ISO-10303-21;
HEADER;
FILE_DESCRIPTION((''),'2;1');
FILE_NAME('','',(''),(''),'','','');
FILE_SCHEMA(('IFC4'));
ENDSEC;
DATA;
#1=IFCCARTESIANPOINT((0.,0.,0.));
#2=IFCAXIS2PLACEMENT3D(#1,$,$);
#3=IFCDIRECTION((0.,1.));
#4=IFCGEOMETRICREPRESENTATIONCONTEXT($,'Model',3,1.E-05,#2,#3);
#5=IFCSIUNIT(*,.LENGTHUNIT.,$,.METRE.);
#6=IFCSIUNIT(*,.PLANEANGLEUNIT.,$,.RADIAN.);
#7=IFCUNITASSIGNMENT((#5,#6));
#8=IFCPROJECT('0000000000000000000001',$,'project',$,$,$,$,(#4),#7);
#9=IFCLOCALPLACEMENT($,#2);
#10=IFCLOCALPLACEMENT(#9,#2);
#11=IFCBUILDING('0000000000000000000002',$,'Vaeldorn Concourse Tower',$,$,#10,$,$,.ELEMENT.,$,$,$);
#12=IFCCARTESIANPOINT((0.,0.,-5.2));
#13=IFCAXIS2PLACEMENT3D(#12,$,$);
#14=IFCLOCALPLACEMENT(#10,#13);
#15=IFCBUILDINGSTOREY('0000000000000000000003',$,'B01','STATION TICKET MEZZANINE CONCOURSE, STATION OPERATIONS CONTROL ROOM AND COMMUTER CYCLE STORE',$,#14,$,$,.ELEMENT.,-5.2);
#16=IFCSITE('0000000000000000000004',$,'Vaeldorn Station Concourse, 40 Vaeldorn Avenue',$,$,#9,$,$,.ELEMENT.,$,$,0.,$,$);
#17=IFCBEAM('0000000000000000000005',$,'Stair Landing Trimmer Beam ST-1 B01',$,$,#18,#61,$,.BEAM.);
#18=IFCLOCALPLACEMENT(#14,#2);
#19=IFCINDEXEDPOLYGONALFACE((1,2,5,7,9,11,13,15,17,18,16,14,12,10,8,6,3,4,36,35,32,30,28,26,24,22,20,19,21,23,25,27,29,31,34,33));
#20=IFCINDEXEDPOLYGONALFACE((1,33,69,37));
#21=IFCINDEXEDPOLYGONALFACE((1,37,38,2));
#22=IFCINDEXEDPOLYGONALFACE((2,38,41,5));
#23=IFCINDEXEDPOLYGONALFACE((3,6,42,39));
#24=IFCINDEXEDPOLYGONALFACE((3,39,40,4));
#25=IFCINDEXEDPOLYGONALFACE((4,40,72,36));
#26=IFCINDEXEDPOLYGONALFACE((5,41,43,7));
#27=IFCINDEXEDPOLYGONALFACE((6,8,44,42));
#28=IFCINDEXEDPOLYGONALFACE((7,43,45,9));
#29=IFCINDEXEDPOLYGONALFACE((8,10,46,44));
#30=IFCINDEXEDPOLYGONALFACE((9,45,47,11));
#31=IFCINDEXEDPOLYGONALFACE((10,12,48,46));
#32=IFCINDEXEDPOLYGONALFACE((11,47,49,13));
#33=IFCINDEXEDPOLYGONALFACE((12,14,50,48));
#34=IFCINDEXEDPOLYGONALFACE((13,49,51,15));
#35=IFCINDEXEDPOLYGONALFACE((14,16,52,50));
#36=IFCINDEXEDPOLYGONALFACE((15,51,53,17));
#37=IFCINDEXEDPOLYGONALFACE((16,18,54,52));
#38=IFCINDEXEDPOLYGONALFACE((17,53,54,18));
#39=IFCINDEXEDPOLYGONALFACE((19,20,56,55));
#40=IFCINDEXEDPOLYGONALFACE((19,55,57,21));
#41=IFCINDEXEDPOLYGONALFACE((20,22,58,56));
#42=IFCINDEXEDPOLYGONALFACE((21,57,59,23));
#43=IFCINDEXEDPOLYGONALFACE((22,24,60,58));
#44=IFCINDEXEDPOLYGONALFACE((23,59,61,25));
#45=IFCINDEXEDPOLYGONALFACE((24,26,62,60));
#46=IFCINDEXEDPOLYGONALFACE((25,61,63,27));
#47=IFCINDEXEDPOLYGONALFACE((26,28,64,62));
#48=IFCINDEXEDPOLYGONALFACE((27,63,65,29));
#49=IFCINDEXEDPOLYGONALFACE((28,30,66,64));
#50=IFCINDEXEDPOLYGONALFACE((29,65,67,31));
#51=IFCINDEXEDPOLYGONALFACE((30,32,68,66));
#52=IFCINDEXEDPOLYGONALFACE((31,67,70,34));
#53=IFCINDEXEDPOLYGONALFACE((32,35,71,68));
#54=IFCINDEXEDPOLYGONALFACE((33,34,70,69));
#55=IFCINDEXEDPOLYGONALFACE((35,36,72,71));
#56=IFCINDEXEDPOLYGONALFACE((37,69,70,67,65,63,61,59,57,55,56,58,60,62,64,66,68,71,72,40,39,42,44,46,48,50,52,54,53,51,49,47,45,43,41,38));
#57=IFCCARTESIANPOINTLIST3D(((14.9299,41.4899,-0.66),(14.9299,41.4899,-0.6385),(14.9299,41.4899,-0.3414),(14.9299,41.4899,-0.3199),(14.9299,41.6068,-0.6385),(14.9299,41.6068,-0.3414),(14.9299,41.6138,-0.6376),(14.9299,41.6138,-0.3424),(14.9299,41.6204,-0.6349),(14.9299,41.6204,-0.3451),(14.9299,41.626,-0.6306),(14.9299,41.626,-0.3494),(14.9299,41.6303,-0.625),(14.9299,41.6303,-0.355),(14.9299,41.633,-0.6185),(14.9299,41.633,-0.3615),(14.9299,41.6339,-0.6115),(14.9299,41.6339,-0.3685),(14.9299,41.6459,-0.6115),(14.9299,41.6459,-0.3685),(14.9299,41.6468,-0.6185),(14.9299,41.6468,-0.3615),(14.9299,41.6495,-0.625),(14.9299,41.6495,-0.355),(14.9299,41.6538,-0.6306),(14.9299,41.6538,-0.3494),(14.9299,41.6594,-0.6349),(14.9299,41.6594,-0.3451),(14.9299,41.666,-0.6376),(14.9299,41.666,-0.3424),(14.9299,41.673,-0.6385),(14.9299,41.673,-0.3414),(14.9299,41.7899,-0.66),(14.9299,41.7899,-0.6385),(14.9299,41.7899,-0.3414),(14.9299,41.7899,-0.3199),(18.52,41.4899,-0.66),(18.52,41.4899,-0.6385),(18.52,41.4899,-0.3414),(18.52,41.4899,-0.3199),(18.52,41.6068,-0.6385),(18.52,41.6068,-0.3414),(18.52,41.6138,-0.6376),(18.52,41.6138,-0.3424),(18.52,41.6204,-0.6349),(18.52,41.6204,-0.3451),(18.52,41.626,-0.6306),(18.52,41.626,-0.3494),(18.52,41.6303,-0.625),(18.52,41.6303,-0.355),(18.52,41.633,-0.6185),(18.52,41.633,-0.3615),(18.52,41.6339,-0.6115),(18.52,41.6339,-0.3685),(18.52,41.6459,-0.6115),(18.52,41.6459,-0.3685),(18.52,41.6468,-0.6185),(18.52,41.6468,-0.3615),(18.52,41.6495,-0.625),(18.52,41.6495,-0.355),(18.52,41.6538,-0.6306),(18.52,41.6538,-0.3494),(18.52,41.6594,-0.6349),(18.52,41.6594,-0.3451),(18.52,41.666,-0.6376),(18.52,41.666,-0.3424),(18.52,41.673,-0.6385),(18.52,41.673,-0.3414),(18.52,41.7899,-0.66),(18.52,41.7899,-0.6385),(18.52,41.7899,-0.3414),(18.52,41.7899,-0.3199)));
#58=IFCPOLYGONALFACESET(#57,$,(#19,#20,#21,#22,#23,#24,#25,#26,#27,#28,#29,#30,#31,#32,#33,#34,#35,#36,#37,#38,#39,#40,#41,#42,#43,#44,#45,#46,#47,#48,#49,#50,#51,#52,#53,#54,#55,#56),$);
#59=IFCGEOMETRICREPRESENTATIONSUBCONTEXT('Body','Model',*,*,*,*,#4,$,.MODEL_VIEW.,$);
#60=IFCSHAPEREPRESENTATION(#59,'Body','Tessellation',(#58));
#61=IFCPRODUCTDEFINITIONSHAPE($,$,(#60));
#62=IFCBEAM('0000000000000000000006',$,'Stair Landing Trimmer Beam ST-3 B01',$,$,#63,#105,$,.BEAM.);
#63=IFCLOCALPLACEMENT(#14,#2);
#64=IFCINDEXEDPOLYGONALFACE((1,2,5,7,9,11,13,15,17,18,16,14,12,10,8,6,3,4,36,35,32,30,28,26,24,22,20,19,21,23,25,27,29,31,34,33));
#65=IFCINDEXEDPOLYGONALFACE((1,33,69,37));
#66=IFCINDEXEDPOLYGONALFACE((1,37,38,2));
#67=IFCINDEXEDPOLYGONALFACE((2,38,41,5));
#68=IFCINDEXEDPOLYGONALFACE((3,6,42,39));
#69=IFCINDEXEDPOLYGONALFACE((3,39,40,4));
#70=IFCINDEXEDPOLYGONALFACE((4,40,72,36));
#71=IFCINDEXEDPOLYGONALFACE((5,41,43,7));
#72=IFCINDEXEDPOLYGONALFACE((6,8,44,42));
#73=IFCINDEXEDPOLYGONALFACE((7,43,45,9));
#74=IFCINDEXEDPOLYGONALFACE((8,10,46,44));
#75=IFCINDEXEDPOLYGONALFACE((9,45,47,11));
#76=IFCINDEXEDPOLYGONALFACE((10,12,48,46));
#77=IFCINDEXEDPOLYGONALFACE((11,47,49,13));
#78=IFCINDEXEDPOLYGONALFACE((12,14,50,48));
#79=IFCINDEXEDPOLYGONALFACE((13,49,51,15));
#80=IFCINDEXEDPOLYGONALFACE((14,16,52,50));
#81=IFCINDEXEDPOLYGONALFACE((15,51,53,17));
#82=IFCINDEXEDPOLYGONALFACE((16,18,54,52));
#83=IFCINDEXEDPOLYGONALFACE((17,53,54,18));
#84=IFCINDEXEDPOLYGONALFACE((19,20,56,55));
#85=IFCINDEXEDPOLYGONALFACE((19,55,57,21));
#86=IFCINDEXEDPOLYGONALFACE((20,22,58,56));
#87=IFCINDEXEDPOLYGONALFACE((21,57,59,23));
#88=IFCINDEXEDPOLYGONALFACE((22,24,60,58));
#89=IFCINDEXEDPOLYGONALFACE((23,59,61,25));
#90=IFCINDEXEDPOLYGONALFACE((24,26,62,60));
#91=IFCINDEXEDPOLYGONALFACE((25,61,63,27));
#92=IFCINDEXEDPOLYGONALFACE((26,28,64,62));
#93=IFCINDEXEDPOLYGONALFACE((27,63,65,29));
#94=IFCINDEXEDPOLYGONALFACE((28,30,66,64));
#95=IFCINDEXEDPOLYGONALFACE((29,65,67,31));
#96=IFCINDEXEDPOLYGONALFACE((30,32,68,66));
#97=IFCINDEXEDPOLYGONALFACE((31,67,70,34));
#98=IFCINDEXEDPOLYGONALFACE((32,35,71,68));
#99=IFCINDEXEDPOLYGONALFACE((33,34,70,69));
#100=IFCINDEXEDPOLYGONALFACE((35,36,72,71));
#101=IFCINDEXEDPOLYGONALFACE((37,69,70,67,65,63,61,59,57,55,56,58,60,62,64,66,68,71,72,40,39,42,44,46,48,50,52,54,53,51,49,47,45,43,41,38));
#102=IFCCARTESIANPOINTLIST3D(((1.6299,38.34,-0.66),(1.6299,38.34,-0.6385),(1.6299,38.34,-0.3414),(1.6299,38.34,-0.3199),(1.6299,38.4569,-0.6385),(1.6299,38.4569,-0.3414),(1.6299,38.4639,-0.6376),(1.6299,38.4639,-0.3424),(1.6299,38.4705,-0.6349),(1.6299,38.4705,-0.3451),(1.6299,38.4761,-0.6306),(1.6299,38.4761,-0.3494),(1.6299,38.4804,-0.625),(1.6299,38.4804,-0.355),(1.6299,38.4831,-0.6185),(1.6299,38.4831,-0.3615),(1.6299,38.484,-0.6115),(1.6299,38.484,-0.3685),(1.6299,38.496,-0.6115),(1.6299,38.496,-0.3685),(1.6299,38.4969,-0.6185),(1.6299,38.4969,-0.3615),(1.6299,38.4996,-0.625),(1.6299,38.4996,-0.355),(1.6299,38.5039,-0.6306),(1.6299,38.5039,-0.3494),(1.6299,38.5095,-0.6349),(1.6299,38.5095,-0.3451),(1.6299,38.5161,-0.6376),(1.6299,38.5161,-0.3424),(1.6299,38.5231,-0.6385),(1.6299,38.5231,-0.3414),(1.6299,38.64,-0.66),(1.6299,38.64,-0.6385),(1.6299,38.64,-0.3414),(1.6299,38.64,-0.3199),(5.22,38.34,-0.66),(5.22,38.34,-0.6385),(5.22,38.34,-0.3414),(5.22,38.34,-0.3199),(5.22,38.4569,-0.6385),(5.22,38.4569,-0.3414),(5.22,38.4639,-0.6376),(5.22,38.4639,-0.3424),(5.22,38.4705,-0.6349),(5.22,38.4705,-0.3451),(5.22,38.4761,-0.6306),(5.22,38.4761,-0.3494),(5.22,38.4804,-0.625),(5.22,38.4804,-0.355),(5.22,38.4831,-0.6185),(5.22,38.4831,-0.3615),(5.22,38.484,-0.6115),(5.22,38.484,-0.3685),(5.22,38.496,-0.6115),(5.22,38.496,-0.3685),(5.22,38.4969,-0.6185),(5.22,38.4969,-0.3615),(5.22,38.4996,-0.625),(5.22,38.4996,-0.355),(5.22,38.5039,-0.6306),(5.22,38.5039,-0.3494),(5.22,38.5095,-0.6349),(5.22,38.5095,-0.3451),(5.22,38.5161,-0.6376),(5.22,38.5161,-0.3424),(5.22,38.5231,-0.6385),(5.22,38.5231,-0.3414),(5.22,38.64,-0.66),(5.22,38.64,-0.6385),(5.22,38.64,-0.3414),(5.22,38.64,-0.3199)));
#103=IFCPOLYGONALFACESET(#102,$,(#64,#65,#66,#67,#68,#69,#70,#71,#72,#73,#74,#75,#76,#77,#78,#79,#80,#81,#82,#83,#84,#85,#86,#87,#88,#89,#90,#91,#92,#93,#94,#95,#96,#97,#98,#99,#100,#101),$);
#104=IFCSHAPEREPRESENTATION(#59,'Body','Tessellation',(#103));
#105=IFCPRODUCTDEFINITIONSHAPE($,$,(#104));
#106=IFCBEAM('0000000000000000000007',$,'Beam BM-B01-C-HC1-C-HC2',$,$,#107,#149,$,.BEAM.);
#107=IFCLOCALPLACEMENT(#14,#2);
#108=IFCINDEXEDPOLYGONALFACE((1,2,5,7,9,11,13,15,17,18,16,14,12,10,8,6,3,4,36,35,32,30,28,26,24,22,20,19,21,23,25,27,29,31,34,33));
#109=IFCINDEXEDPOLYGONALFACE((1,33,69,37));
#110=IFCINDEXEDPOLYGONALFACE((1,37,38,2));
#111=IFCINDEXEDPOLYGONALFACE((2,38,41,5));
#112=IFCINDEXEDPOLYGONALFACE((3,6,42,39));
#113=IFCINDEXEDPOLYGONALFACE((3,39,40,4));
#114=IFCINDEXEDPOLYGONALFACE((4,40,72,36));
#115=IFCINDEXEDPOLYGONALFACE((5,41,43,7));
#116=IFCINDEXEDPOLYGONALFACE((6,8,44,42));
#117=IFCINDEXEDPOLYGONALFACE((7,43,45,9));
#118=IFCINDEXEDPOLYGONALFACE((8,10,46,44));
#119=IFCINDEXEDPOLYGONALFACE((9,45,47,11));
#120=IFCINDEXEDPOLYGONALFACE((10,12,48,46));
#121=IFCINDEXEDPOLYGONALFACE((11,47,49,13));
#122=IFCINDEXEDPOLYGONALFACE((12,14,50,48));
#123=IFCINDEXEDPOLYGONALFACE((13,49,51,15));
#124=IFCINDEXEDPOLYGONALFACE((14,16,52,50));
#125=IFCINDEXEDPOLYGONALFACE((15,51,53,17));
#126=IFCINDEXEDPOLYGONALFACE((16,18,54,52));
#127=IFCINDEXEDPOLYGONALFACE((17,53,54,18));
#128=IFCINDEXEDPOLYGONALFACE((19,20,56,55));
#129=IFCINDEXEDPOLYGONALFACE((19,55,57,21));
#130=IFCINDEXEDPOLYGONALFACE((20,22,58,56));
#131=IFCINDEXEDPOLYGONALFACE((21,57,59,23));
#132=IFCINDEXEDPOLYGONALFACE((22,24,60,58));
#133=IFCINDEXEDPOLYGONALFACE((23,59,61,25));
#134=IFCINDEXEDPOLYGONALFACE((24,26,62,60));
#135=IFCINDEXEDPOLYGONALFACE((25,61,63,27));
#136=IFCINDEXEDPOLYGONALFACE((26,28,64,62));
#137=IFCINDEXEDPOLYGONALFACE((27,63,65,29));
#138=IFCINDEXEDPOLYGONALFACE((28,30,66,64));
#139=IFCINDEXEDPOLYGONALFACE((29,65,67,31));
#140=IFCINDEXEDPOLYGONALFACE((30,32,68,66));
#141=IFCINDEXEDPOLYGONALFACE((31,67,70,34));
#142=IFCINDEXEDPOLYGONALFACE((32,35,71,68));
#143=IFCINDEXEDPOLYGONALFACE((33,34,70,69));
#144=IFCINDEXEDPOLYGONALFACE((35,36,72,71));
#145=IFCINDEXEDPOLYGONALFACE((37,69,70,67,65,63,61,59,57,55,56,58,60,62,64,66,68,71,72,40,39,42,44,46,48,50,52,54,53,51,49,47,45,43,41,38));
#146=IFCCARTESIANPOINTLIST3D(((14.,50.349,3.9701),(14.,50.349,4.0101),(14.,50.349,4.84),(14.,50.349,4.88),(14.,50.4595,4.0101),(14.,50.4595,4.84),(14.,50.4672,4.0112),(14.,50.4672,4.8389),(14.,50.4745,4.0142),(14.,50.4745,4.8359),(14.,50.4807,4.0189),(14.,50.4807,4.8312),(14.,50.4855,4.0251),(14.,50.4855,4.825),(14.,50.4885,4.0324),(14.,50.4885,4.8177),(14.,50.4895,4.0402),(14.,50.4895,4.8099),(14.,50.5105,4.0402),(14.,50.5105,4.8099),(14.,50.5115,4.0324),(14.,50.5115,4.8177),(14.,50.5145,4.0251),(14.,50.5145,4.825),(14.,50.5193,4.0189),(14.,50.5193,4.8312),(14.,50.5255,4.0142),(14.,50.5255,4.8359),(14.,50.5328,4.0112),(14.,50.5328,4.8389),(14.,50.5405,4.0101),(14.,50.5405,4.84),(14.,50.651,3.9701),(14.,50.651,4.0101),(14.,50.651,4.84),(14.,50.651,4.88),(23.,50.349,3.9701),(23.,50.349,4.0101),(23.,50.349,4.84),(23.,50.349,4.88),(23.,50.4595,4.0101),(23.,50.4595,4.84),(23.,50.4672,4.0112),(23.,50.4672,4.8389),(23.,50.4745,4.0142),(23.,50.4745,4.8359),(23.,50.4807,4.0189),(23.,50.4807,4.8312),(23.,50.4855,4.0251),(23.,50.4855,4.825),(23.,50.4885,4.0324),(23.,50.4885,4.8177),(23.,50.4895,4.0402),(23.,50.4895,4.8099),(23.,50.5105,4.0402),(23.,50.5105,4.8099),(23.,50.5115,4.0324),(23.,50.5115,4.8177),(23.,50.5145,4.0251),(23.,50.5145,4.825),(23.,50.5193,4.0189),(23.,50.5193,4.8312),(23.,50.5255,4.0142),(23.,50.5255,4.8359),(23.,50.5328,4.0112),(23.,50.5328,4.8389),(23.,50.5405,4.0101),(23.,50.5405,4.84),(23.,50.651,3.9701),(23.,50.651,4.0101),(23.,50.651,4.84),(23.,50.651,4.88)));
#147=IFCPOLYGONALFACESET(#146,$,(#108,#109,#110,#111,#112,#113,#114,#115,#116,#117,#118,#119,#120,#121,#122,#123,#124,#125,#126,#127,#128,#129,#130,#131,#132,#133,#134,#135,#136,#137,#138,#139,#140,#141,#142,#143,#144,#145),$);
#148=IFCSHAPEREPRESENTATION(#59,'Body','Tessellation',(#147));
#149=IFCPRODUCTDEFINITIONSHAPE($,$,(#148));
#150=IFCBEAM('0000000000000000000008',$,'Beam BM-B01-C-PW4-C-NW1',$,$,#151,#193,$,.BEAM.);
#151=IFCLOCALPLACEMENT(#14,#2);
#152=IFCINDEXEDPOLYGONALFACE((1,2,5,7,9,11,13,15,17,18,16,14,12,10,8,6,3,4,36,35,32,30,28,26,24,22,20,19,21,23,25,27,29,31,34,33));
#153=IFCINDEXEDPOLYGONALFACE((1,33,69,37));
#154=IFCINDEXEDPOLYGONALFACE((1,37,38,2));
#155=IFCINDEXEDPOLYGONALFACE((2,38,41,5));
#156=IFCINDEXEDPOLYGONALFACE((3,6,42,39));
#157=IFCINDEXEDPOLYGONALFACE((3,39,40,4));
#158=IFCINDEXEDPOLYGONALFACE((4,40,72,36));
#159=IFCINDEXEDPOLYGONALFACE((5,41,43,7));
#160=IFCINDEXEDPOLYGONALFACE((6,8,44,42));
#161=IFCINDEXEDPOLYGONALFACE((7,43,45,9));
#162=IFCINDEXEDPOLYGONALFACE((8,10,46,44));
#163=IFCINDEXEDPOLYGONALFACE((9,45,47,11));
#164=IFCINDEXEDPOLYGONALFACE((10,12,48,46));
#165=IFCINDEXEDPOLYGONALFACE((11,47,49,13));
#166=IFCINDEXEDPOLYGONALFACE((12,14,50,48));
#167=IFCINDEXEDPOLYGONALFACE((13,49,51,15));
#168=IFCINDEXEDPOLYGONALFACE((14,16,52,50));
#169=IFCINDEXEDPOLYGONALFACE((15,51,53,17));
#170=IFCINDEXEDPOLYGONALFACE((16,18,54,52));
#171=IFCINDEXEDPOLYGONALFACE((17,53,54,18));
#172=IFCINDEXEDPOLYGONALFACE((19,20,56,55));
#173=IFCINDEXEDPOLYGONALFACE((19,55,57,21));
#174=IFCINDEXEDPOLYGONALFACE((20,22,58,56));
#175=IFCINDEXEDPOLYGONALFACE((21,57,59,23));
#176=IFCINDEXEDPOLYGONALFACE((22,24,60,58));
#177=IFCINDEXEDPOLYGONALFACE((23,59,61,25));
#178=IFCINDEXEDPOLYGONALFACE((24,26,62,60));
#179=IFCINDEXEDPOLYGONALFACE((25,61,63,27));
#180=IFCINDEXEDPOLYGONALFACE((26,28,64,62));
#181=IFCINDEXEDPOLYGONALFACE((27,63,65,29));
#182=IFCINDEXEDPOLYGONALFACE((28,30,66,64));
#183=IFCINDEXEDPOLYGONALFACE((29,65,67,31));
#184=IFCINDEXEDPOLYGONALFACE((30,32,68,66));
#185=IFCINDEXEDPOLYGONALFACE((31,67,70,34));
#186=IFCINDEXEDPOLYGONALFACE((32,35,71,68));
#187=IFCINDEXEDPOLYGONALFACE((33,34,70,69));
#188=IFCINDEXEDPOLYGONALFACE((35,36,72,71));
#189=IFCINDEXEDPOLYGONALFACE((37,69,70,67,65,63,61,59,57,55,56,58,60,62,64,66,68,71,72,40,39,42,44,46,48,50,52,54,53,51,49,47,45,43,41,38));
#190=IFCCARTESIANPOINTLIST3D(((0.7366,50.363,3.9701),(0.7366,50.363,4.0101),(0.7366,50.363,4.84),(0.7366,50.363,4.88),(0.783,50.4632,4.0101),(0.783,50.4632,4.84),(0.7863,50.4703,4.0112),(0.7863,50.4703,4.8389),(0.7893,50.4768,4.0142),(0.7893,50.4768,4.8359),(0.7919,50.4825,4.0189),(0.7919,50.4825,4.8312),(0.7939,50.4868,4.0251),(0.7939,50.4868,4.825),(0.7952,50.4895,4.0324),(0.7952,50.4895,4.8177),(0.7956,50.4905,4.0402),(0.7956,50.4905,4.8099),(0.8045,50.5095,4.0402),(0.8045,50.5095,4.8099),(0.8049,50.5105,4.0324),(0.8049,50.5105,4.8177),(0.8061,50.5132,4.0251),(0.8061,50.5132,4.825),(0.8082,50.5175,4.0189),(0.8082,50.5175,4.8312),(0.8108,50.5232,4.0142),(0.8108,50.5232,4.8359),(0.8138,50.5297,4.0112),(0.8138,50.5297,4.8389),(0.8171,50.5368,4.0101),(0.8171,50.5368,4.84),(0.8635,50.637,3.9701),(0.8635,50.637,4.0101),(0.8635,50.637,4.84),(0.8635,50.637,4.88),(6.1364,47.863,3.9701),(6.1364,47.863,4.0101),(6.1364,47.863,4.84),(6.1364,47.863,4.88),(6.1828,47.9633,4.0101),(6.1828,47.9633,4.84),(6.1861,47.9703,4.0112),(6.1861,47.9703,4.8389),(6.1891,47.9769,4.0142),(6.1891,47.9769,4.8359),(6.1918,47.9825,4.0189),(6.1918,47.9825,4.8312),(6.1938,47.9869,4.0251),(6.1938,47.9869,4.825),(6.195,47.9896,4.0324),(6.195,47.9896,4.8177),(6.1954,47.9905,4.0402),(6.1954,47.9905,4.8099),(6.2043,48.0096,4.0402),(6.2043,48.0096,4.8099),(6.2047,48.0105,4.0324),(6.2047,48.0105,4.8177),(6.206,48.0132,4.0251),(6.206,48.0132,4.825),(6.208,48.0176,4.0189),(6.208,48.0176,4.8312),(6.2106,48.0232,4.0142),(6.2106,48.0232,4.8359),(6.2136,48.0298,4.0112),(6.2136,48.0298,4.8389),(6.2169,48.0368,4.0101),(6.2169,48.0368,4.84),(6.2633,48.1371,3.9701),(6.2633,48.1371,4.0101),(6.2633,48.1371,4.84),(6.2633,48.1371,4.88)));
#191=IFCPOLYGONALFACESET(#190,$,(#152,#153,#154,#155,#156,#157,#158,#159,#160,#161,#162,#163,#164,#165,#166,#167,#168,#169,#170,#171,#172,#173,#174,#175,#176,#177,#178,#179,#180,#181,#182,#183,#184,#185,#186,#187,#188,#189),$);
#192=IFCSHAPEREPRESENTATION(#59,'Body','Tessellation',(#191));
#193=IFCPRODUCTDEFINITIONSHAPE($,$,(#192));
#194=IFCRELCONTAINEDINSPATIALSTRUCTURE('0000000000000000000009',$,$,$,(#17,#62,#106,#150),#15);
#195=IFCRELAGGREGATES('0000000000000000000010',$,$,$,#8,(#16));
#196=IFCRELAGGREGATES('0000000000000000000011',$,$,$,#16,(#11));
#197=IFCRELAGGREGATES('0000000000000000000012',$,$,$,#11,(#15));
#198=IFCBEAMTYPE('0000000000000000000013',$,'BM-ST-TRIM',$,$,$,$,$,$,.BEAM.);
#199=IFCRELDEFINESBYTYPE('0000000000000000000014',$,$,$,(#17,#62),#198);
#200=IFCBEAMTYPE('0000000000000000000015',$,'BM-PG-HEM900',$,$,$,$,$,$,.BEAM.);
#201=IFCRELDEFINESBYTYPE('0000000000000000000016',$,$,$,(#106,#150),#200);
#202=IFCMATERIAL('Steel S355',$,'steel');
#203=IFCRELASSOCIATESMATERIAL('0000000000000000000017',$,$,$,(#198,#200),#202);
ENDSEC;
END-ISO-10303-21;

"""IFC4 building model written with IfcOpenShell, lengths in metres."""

from ifc_helpers import new_model, si_unit, direction, frame, origin, origin_2d, place, context, subcontext, project, spatial, i_section, extrude, source, transform, mapped, material, material_profile, profile_set, type_object, element, save


model = new_model("IFC4")

# Units and contexts
model_context = context("Model", 3, precision=1e-05, world=origin(), true_north=direction((0.0, 1.0)))
body_context = subcontext(model_context, "Body", "Model", "MODEL_VIEW")
ifc_project = project(units=[si_unit("LENGTHUNIT", "METRE"), si_unit("PLANEANGLEUNIT", "RADIAN")], contexts=[model_context])

# Site, building, storey
site_placement = place(None, origin())
site = spatial("IfcSite", under=ifc_project, at=site_placement, Name="Vaeldorn Station Concourse, 40 Vaeldorn Avenue", CompositionType="ELEMENT", RefElevation=0.0)
building_placement = place(site_placement, origin())
building = spatial("IfcBuilding", under=site, at=building_placement, Name="Vaeldorn Concourse Tower", CompositionType="ELEMENT")
storey_placement = place(building_placement, frame((0.0, 0.0, -5.2)))
storey = spatial("IfcBuildingStorey", under=building, at=storey_placement, Name="B01", Description="STATION TICKET MEZZANINE CONCOURSE, STATION OPERATIONS CONTROL ROOM AND COMMUTER CYCLE STORE", CompositionType="ELEMENT", Elevation=-5.2)

# Beams
ifc_material_1 = material(Name="Steel S355", Category="steel")
ifc_material_profile_1 = material_profile(ifc_material_1, i_section(OverallWidth=0.3, OverallDepth=0.3401, WebThickness=0.012, FlangeThickness=0.0215, FilletRadius=0.0271, at=origin_2d()), Name="HEB 340")
ifc_profile_set_1 = profile_set([ifc_material_profile_1], Name="Steel S355")
beam_type_1 = type_object("IfcBeamType", Name="BM-ST-TRIM", PredefinedType="BEAM", material=ifc_profile_set_1)
shared_shape_1 = source(origin(), body_context, "Body", "SweptSolid", [
    extrude(i_section(OverallWidth=0.3, OverallDepth=0.3401, WebThickness=0.012, FlangeThickness=0.0215, FilletRadius=0.0271, at=origin_2d()), origin(), (0.0, 0.0, 1.0), 3.5901),
])
for number, where, z_axis, x_axis, name in (
    (1, (14.9299, 41.6399, -0.49), (1.0, 0.0, 0.0), (0.0, 1.0, 0.0), "Stair Landing Trimmer Beam ST-1 B01"),
    (2, (1.6299, 38.49, -0.49), (1.0, 0.0, 0.0), (0.0, 1.0, 0.0), "Stair Landing Trimmer Beam ST-3 B01"),
):
    element("IfcBeam", number, at=place(storey_placement, frame(where, z_axis=z_axis, x_axis=x_axis)), inside=storey, type_object=beam_type_1, Name=name, PredefinedType="BEAM", context=body_context, shape_type="MappedRepresentation", body=[
        mapped(shared_shape_1, transform((0.0, 0.0, 0.0), scale=1.0)),
    ])
ifc_material_profile_2 = material_profile(ifc_material_1, i_section(OverallWidth=0.302, OverallDepth=0.9099, WebThickness=0.021, FlangeThickness=0.04, FilletRadius=0.03, at=origin_2d()), Name="HEM 900")
ifc_profile_set_2 = profile_set([ifc_material_profile_2], Name="Steel S355")
beam_type_2 = type_object("IfcBeamType", Name="BM-PG-HEM900", PredefinedType="BEAM", material=ifc_profile_set_2)
shared_shape_2 = source(origin(), body_context, "Body", "SweptSolid", [
    extrude(i_section(OverallWidth=0.302, OverallDepth=0.9099, WebThickness=0.021, FlangeThickness=0.04, FilletRadius=0.03, at=origin_2d()), origin(), (0.0, 0.0, 1.0), 9.0),
])
beam_1_placement = place(storey_placement, frame((14.0, 50.5, 4.425), z_axis=(1.0, 0.0, 0.0), x_axis=(0.0, 1.0, 0.0)))
element("IfcBeam", 3, at=beam_1_placement, inside=storey, type_object=beam_type_2, Name="Beam BM-B01-C-HC1-C-HC2", PredefinedType="BEAM", context=body_context, shape_type="MappedRepresentation", body=[
    mapped(shared_shape_2, transform((0.0, 0.0, 0.0), scale=1.0)),
])
shared_shape_3 = source(origin(), body_context, "Body", "SweptSolid", [
    extrude(i_section(OverallWidth=0.302, OverallDepth=0.9099, WebThickness=0.021, FlangeThickness=0.04, FilletRadius=0.03, at=origin_2d()), origin(), (0.0, 0.0, 1.0), 5.9504),
])
beam_2_placement = place(storey_placement, frame((0.8, 50.5, 4.425), z_axis=(0.907464, -0.42013, 0.0), x_axis=(0.42013, 0.907464, 0.0)))
element("IfcBeam", 4, at=beam_2_placement, inside=storey, type_object=beam_type_2, Name="Beam BM-B01-C-PW4-C-NW1", PredefinedType="BEAM", context=body_context, shape_type="MappedRepresentation", body=[
    mapped(shared_shape_3, transform((0.0, 0.0, 0.0), scale=1.0)),
])

save(model, "model.ifc")
